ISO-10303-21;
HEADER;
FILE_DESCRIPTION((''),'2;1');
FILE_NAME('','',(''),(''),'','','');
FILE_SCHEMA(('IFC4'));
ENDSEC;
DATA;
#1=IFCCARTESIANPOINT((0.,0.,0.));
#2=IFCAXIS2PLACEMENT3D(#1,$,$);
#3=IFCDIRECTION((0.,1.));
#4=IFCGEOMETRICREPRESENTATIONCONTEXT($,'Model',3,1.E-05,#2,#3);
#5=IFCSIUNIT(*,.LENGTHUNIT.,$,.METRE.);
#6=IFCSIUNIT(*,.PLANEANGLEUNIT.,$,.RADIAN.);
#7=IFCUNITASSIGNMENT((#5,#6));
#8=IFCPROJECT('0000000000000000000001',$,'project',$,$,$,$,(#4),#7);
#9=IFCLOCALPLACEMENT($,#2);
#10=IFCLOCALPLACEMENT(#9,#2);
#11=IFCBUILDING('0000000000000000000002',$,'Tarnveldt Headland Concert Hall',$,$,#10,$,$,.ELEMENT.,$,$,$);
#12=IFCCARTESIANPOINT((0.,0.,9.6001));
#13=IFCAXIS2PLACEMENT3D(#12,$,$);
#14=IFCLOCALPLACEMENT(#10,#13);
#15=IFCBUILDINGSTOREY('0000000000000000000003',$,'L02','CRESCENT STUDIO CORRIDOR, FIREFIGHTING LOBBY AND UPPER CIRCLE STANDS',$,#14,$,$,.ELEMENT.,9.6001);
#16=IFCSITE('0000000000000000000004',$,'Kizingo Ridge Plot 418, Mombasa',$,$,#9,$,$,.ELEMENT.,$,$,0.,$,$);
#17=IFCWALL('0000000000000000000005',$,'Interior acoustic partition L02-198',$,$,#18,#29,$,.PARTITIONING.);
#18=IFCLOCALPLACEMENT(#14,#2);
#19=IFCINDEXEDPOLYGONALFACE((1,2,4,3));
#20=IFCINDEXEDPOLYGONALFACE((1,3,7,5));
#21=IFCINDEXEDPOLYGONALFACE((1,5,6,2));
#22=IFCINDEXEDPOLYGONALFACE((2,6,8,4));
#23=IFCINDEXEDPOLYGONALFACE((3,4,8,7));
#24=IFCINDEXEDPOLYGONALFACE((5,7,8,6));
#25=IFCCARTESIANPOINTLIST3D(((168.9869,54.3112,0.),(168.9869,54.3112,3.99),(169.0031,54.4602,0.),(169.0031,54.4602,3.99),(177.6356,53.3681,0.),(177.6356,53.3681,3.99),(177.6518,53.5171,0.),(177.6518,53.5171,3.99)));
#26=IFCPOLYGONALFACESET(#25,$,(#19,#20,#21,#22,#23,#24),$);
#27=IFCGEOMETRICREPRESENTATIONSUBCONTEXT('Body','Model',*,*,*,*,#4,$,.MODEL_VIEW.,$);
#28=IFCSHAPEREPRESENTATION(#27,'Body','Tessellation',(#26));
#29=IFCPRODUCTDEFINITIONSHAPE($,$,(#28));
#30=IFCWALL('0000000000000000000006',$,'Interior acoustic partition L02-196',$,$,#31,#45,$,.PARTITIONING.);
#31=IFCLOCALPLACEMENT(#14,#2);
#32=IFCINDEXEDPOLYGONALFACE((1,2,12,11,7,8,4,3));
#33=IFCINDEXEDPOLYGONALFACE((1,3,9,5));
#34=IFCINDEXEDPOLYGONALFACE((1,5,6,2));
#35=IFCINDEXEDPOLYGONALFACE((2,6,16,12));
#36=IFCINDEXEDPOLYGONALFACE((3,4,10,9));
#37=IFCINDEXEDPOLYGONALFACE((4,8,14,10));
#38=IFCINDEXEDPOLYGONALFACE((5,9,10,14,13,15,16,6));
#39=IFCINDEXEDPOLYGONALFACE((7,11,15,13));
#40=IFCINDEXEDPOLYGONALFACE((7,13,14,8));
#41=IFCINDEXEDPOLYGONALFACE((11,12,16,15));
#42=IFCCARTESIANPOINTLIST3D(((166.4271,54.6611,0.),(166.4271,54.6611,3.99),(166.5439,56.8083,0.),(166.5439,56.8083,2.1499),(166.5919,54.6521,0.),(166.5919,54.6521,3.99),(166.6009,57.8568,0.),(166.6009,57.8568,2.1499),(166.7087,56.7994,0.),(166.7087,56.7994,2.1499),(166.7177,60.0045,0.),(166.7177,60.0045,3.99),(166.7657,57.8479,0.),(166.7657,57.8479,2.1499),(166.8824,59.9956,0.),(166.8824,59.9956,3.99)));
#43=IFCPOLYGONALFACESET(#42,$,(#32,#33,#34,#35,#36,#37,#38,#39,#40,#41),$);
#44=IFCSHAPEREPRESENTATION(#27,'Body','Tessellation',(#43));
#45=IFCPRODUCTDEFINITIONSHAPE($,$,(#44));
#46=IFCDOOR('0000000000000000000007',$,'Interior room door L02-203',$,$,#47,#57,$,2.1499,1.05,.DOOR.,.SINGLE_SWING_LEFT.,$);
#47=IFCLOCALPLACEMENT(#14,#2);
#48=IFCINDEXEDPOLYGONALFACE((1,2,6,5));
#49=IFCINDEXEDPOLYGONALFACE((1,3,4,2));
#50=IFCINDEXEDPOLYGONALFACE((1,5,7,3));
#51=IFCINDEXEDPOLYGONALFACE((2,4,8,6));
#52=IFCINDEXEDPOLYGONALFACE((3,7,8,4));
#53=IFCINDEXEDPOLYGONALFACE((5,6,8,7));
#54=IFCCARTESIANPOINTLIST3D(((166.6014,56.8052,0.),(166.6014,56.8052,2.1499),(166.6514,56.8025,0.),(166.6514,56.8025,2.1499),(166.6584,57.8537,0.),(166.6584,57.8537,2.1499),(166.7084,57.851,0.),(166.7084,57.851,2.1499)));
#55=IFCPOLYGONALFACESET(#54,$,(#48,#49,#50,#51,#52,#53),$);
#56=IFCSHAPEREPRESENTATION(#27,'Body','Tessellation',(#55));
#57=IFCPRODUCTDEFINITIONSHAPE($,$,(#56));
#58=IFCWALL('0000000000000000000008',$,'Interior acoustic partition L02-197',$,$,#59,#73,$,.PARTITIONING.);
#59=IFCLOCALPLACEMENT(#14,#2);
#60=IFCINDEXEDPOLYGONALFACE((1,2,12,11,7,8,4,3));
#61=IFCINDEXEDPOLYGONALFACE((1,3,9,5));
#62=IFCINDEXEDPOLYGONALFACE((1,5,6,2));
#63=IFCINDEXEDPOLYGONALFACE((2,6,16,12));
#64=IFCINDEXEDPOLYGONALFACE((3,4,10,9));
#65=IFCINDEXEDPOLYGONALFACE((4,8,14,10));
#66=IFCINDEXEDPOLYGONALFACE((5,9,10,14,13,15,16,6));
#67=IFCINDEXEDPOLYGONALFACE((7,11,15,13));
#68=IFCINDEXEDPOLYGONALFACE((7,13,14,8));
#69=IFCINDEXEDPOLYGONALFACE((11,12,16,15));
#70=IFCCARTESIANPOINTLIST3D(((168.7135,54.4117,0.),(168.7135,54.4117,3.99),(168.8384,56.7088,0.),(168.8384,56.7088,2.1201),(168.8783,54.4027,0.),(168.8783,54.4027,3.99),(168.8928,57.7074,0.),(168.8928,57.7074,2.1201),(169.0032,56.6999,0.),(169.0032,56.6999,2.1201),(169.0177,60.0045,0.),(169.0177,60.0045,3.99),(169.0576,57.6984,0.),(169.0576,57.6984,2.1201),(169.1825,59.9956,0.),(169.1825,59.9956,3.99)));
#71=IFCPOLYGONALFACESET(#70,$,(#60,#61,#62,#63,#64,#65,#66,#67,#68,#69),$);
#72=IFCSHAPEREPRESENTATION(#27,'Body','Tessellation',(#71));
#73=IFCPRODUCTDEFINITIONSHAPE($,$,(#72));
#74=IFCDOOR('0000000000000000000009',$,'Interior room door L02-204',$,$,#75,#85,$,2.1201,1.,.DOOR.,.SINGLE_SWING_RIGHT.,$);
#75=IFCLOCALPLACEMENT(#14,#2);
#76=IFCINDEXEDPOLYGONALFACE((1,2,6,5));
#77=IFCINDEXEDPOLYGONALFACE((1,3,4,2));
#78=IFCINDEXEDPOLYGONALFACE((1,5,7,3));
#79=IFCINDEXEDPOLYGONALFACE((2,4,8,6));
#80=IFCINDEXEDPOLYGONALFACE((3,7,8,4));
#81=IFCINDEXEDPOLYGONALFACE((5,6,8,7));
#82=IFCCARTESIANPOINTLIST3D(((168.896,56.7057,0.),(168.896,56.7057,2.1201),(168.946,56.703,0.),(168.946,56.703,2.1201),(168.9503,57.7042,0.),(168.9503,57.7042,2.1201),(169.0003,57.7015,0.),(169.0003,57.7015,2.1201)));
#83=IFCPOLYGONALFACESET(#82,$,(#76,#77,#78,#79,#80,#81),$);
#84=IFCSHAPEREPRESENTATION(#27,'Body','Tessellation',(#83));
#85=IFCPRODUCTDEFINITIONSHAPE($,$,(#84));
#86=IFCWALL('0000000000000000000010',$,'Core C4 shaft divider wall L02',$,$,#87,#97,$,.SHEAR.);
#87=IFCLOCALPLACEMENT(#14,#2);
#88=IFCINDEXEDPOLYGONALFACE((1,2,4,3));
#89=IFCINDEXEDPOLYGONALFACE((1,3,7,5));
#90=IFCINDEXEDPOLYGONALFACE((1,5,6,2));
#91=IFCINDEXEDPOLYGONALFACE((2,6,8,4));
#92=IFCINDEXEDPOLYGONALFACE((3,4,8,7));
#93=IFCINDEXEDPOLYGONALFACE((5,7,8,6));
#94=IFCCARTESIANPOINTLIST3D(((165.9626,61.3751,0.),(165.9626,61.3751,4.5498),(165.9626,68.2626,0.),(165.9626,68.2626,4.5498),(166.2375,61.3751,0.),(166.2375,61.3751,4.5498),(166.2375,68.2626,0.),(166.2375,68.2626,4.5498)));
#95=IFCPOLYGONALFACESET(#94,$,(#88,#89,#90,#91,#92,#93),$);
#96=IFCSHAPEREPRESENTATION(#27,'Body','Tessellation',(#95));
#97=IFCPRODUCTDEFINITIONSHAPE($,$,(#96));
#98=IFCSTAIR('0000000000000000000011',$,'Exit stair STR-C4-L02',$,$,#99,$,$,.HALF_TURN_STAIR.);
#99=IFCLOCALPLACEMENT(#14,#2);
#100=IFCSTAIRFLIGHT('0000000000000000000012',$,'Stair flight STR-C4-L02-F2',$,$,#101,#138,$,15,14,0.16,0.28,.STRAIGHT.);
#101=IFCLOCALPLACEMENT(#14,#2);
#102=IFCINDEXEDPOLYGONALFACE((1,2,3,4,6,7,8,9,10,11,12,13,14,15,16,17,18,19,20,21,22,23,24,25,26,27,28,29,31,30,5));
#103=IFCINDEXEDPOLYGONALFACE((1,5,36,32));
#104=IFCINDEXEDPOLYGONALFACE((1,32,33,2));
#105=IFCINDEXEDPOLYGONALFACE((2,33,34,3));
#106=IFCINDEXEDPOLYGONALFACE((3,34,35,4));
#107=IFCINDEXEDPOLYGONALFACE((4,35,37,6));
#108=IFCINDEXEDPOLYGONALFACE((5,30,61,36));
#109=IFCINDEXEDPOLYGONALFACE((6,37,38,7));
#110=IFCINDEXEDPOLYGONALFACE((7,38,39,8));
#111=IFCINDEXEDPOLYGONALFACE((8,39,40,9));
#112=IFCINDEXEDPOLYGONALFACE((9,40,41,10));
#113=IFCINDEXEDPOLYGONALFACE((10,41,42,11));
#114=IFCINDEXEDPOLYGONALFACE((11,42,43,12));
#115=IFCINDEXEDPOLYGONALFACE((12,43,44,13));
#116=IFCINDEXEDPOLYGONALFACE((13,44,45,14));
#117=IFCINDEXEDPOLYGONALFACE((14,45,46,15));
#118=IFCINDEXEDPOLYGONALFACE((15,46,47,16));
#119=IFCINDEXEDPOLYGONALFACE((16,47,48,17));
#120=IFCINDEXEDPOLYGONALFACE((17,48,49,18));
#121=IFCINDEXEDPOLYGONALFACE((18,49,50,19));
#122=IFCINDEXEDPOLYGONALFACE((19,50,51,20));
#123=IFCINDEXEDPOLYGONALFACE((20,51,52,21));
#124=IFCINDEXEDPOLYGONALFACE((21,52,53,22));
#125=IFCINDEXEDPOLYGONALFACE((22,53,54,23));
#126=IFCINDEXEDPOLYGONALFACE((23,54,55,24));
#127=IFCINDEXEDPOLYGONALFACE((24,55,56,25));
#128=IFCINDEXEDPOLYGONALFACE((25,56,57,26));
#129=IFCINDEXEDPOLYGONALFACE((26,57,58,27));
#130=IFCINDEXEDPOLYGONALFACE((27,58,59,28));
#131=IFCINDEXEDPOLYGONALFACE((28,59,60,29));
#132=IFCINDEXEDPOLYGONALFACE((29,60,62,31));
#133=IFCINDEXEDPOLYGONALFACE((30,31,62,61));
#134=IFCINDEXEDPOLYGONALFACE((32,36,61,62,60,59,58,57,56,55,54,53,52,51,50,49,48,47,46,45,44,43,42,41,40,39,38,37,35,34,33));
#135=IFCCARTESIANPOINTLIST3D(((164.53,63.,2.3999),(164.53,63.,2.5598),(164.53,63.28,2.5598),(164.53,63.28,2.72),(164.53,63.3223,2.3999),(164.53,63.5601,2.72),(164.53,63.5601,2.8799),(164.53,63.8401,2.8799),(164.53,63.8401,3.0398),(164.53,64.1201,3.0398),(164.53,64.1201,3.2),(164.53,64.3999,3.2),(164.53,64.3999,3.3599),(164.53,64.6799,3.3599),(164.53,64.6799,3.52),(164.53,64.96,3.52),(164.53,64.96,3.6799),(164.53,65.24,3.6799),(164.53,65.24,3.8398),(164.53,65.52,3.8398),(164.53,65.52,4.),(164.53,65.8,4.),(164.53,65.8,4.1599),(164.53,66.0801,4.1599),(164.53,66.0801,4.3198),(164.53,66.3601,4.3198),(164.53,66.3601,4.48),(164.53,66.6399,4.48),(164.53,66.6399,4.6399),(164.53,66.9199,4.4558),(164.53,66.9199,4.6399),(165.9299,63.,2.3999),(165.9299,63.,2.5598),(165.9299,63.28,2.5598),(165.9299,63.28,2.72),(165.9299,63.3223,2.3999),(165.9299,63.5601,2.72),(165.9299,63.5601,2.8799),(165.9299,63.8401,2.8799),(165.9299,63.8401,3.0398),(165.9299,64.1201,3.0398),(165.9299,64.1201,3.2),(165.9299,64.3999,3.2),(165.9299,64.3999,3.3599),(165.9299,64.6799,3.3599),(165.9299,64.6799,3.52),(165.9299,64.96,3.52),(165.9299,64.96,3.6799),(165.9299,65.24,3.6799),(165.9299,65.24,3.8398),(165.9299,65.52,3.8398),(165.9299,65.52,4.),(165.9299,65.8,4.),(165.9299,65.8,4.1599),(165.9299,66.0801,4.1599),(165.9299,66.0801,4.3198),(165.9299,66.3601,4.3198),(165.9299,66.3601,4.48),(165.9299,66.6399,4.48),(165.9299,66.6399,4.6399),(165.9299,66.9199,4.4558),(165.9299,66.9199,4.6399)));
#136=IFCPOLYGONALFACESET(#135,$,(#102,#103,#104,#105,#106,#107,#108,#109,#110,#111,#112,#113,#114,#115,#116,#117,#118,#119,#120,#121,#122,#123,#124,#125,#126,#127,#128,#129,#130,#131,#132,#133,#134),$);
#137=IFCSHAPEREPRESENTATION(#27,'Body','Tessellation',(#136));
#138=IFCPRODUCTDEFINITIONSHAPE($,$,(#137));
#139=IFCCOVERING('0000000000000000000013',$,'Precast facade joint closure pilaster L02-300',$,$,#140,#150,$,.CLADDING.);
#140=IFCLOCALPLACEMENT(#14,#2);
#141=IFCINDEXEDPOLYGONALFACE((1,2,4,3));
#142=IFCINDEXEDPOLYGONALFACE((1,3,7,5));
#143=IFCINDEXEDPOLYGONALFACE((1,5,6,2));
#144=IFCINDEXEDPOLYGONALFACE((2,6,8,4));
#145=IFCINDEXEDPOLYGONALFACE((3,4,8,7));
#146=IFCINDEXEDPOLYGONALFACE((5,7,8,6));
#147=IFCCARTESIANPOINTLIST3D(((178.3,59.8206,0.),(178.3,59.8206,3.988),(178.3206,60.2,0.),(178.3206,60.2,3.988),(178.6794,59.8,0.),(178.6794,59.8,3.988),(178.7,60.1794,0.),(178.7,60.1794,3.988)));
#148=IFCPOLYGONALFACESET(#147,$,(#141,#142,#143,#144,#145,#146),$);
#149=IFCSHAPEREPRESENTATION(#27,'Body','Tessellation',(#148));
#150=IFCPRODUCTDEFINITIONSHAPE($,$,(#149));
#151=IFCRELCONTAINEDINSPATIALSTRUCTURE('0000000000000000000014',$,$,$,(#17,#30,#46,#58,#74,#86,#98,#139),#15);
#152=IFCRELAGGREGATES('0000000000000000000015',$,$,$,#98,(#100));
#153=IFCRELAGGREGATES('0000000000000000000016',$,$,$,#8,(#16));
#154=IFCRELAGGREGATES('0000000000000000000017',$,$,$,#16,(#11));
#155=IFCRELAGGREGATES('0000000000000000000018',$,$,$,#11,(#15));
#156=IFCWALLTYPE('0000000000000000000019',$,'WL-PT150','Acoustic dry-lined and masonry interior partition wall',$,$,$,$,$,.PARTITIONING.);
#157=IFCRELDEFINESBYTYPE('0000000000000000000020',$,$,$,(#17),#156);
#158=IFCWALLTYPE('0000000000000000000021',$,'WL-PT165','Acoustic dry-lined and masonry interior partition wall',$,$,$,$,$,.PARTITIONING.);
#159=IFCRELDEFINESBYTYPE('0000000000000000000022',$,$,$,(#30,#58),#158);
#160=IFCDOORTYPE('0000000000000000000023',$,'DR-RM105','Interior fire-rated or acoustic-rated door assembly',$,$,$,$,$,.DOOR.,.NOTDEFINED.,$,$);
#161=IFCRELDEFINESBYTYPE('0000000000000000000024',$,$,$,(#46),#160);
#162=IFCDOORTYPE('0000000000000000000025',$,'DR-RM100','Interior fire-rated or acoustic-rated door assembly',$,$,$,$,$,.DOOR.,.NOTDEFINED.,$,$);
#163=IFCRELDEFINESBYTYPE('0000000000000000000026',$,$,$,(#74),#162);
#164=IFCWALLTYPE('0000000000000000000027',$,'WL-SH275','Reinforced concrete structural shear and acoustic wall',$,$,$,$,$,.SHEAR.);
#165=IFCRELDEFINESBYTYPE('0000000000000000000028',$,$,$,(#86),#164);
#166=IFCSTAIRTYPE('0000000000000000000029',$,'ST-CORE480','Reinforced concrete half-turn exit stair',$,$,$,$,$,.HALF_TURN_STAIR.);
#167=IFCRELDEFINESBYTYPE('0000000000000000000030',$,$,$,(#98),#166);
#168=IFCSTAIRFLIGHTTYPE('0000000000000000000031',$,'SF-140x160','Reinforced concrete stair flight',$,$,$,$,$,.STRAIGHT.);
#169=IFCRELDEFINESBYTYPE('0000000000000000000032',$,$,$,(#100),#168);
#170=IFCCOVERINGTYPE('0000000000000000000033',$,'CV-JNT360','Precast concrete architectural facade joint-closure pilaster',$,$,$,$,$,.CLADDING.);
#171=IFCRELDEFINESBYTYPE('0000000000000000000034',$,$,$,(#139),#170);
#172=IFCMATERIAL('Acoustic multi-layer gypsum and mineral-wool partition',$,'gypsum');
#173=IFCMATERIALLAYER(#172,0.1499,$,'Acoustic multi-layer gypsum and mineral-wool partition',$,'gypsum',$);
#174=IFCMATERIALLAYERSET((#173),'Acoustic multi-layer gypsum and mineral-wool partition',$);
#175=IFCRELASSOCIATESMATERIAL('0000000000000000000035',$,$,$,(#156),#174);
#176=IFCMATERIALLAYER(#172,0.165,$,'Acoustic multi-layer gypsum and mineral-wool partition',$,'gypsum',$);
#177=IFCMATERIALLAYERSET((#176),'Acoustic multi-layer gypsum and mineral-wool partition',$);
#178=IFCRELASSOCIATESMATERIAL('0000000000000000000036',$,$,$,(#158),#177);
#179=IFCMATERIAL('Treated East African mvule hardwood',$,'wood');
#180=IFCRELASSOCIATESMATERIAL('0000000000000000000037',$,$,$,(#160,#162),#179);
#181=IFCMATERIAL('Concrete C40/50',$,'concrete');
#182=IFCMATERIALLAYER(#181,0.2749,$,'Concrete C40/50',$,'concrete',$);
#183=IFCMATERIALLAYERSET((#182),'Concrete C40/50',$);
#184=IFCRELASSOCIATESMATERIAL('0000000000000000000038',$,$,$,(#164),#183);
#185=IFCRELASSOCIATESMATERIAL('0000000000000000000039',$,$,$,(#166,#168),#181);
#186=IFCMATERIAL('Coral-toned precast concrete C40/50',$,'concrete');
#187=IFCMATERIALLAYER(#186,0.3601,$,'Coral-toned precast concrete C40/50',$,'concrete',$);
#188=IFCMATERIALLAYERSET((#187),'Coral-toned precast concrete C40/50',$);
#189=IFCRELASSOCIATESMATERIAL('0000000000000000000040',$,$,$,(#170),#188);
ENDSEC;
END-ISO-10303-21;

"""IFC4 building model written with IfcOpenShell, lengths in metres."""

from ifc_helpers import new_model, si_unit, direction, frame, frame_2d, origin, origin_2d, place, context, subcontext, project, spatial, polyline, rectangle, outline, extrude, material, layer, layer_set, type_object, element, fill, aggregate, save


model = new_model("IFC4")

# Units and contexts
model_context = context("Model", 3, precision=1e-05, world=origin(), true_north=direction((0.0, 1.0)))
body_context = subcontext(model_context, "Body", "Model", "MODEL_VIEW")
ifc_project = project(units=[si_unit("LENGTHUNIT", "METRE"), si_unit("PLANEANGLEUNIT", "RADIAN")], contexts=[model_context])

# Site, building, storey
site_placement = place(None, origin())
site = spatial("IfcSite", under=ifc_project, at=site_placement, Name="Kizingo Ridge Plot 418, Mombasa", CompositionType="ELEMENT", RefElevation=0.0)
building_placement = place(site_placement, origin())
building = spatial("IfcBuilding", under=site, at=building_placement, Name="Tarnveldt Headland Concert Hall", CompositionType="ELEMENT")
storey_placement = place(building_placement, frame((0.0, 0.0, 9.6001)))
storey = spatial("IfcBuildingStorey", under=building, at=storey_placement, Name="L02", Description="CRESCENT STUDIO CORRIDOR, FIREFIGHTING LOBBY AND UPPER CIRCLE STANDS", CompositionType="ELEMENT", Elevation=9.6001)

# Shared definitions
ifc_material_1 = material(Name="Concrete C40/50", Category="concrete")

# Shared definitions
ifc_material_2 = material(Name="Coral-toned precast concrete C40/50", Category="concrete")

# Wall
ifc_material_3 = material(Name="Acoustic multi-layer gypsum and mineral-wool partition", Category="gypsum")
ifc_layer_1 = layer(ifc_material_3, 0.1499, Name="Acoustic multi-layer gypsum and mineral-wool partition", Category="gypsum")
ifc_layer_set_1 = layer_set([ifc_layer_1], Name="Acoustic multi-layer gypsum and mineral-wool partition")
wall_type_1 = type_object("IfcWallType", Name="WL-PT150", Description="Acoustic dry-lined and masonry interior partition wall", PredefinedType="PARTITIONING", material=ifc_layer_set_1)
wall_1_placement = place(storey_placement, frame((168.9949, 54.3857, 0.0), z_axis=(0.0, 0.0, 1.0), x_axis=(0.994107, -0.108405, 0.0)))
element("IfcWall", 1, at=wall_1_placement, inside=storey, type_object=wall_type_1, Name="Interior acoustic partition L02-198", PredefinedType="PARTITIONING", context=body_context, shape_type="SweptSolid", body=[
    extrude(rectangle(XDim=8.7, YDim=0.1499, at=frame_2d((4.3501, 0.0))), origin(), (0.0, 0.0, 1.0), 3.99),
])

# Walls, openings, doors
ifc_layer_2 = layer(ifc_material_3, 0.165, Name="Acoustic multi-layer gypsum and mineral-wool partition", Category="gypsum")
ifc_layer_set_2 = layer_set([ifc_layer_2], Name="Acoustic multi-layer gypsum and mineral-wool partition")
wall_type_2 = type_object("IfcWallType", Name="WL-PT165", Description="Acoustic dry-lined and masonry interior partition wall", PredefinedType="PARTITIONING", material=ifc_layer_set_2)
wall_2_placement = place(storey_placement, frame((166.5095, 54.6565, 0.0), z_axis=(0.0, 0.0, 1.0), x_axis=(0.05429, 0.998525, 0.0)))
wall_2 = element("IfcWall", 2, at=wall_2_placement, inside=storey, type_object=wall_type_2, Name="Interior acoustic partition L02-196", PredefinedType="PARTITIONING", context=body_context, shape_type="SweptSolid", body=[
    extrude(rectangle(XDim=5.3513, YDim=0.165, at=frame_2d((2.6758, 0.0))), origin(), (0.0, 0.0, 1.0), 3.99),
])
opening_1_placement = place(wall_2_placement, frame((2.1506, 0.0, 0.0)))
opening_1 = element("IfcOpeningElement", 3, at=opening_1_placement, cuts=wall_2, PredefinedType="OPENING", context=body_context, shape_type="SweptSolid", body=[
    extrude(rectangle(XDim=1.05, YDim=2.1499, at=frame_2d((0.5249, 1.075))), frame((0.0, 0.0925, 0.0), z_axis=(0.0, -1.0, 0.0), x_axis=(1.0, 0.0, 0.0)), (0.0, 0.0, 1.0), 0.1851),
])
ifc_material_4 = material(Name="Treated East African mvule hardwood", Category="wood")
door_type_1 = type_object("IfcDoorType", Name="DR-RM105", Description="Interior fire-rated or acoustic-rated door assembly", OperationType="NOTDEFINED", PredefinedType="DOOR", material=ifc_material_4)
door_1_placement = place(opening_1_placement, origin())
door_1 = element("IfcDoor", 4, at=door_1_placement, inside=storey, type_object=door_type_1, Name="Interior room door L02-203", OperationType="SINGLE_SWING_LEFT", OverallHeight=2.1499, OverallWidth=1.05, PredefinedType="DOOR", context=body_context, shape_type="SweptSolid", body=[
    extrude(rectangle(XDim=1.05, YDim=2.1499, at=frame_2d((0.5249, 1.075))), frame((0.0, 0.0249, 0.0), z_axis=(0.0, -1.0, 0.0), x_axis=(1.0, 0.0, 0.0)), (0.0, 0.0, 1.0), 0.05),
])
fill(opening_1, door_1)
wall_3_placement = place(storey_placement, frame((168.7959, 54.4072, 0.0), z_axis=(0.0, 0.0, 1.0), x_axis=(0.054311, 0.998524, 0.0)))
wall_3 = element("IfcWall", 5, at=wall_3_placement, inside=storey, type_object=wall_type_2, Name="Interior acoustic partition L02-197", PredefinedType="PARTITIONING", context=body_context, shape_type="SweptSolid", body=[
    extrude(rectangle(XDim=5.6011, YDim=0.165, at=frame_2d((2.8005, 0.0))), origin(), (0.0, 0.0, 1.0), 3.99),
])
opening_2_placement = place(wall_3_placement, frame((2.3005, 0.0, 0.0)))
opening_2 = element("IfcOpeningElement", 6, at=opening_2_placement, cuts=wall_3, PredefinedType="OPENING", context=body_context, shape_type="SweptSolid", body=[
    extrude(rectangle(XDim=1.0, YDim=2.1201, at=frame_2d((0.5, 1.0601))), frame((0.0, 0.0925, 0.0), z_axis=(0.0, -1.0, 0.0), x_axis=(1.0, 0.0, 0.0)), (0.0, 0.0, 1.0), 0.1851),
])
door_type_2 = type_object("IfcDoorType", Name="DR-RM100", Description="Interior fire-rated or acoustic-rated door assembly", OperationType="NOTDEFINED", PredefinedType="DOOR", material=ifc_material_4)
door_2_placement = place(opening_2_placement, origin())
door_2 = element("IfcDoor", 7, at=door_2_placement, inside=storey, type_object=door_type_2, Name="Interior room door L02-204", OperationType="SINGLE_SWING_RIGHT", OverallHeight=2.1201, OverallWidth=1.0, PredefinedType="DOOR", context=body_context, shape_type="SweptSolid", body=[
    extrude(rectangle(XDim=1.0, YDim=2.1201, at=frame_2d((0.5, 1.0601))), frame((0.0, 0.0249, 0.0), z_axis=(0.0, -1.0, 0.0), x_axis=(1.0, 0.0, 0.0)), (0.0, 0.0, 1.0), 0.05),
])
fill(opening_2, door_2)

# Wall
ifc_layer_3 = layer(ifc_material_1, 0.2749, Name="Concrete C40/50", Category="concrete")
ifc_layer_set_3 = layer_set([ifc_layer_3], Name="Concrete C40/50")
wall_type_3 = type_object("IfcWallType", Name="WL-SH275", Description="Reinforced concrete structural shear and acoustic wall", PredefinedType="SHEAR", material=ifc_layer_set_3)
wall_4_placement = place(storey_placement, frame((166.1001, 61.375, 0.0), z_axis=(0.0, 0.0, 1.0), x_axis=(0.0, 1.0, 0.0)))
element("IfcWall", 8, at=wall_4_placement, inside=storey, type_object=wall_type_3, Name="Core C4 shaft divider wall L02", PredefinedType="SHEAR", context=body_context, shape_type="SweptSolid", body=[
    extrude(rectangle(XDim=6.8875, YDim=0.2749, at=frame_2d((3.4438, 0.0))), origin(), (0.0, 0.0, 1.0), 4.5498),
])

# Stair, stair flight
stair_type = type_object("IfcStairType", Name="ST-CORE480", Description="Reinforced concrete half-turn exit stair", PredefinedType="HALF_TURN_STAIR", material=ifc_material_1)
stair_placement = place(storey_placement, origin())
stair = element("IfcStair", 9, at=stair_placement, inside=storey, type_object=stair_type, Name="Exit stair STR-C4-L02", PredefinedType="HALF_TURN_STAIR")
stair_flight_type = type_object("IfcStairFlightType", Name="SF-140x160", Description="Reinforced concrete stair flight", PredefinedType="STRAIGHT", material=ifc_material_1)
stair_flight_placement = place(storey_placement, frame((165.23, 63.0, 2.3999), z_axis=(0.0, 0.0, 1.0), x_axis=(0.0, 1.0, 0.0)))
stair_flight = element("IfcStairFlight", 10, at=stair_flight_placement, type_object=stair_flight_type, Name="Stair flight STR-C4-L02-F2", NumberOfRisers=15, NumberOfTreads=14, PredefinedType="STRAIGHT", RiserHeight=0.16, TreadLength=0.28, context=body_context, shape_type="SweptSolid", body=[
    extrude(outline(polyline([(0.0, 0.0), (0.0, 0.1599), (0.28, 0.1599), (0.28, 0.3201), (0.5601, 0.3201), (0.5601, 0.48), (0.8401, 0.48), (0.8401, 0.6399), (1.1201, 0.6399), (1.1201, 0.8), (1.3999, 0.8), (1.3999, 0.96), (1.6799, 0.96), (1.6799, 1.1201), (1.96, 1.1201), (1.96, 1.28), (2.24, 1.28), (2.24, 1.4399), (2.52, 1.4399), (2.52, 1.6001), (2.8, 1.6001), (2.8, 1.76), (3.0801, 1.76), (3.0801, 1.9199), (3.3601, 1.9199), (3.3601, 2.0801), (3.6399, 2.0801), (3.6399, 2.24), (3.9199, 2.24), (3.9199, 2.3999), (3.9199, 2.0559), (0.3223, 0.0), (0.0, 0.0)])), frame((0.0, 0.7, 0.0), z_axis=(0.0, -1.0, 0.0), x_axis=(1.0, 0.0, 0.0)), (0.0, 0.0, 1.0), 1.3999),
])
aggregate(stair, [stair_flight])

# Covering
ifc_layer_4 = layer(ifc_material_2, 0.3601, Name="Coral-toned precast concrete C40/50", Category="concrete")
ifc_layer_set_4 = layer_set([ifc_layer_4], Name="Coral-toned precast concrete C40/50")
covering_type = type_object("IfcCoveringType", Name="CV-JNT360", Description="Precast concrete architectural facade joint-closure pilaster", PredefinedType="CLADDING", material=ifc_layer_set_4)
covering_placement = place(storey_placement, frame((178.5, 60.0, 0.0), z_axis=(0.0, 0.0, 1.0), x_axis=(-0.054253, -0.998527, 0.0)))
element("IfcCovering", 11, at=covering_placement, inside=storey, type_object=covering_type, Name="Precast facade joint closure pilaster L02-300", PredefinedType="CLADDING", context=body_context, shape_type="SweptSolid", body=[
    extrude(rectangle(XDim=0.3799, YDim=0.3799, at=origin_2d()), origin(), (0.0, 0.0, 1.0), 3.988),
])

save(model, "model.ifc")
